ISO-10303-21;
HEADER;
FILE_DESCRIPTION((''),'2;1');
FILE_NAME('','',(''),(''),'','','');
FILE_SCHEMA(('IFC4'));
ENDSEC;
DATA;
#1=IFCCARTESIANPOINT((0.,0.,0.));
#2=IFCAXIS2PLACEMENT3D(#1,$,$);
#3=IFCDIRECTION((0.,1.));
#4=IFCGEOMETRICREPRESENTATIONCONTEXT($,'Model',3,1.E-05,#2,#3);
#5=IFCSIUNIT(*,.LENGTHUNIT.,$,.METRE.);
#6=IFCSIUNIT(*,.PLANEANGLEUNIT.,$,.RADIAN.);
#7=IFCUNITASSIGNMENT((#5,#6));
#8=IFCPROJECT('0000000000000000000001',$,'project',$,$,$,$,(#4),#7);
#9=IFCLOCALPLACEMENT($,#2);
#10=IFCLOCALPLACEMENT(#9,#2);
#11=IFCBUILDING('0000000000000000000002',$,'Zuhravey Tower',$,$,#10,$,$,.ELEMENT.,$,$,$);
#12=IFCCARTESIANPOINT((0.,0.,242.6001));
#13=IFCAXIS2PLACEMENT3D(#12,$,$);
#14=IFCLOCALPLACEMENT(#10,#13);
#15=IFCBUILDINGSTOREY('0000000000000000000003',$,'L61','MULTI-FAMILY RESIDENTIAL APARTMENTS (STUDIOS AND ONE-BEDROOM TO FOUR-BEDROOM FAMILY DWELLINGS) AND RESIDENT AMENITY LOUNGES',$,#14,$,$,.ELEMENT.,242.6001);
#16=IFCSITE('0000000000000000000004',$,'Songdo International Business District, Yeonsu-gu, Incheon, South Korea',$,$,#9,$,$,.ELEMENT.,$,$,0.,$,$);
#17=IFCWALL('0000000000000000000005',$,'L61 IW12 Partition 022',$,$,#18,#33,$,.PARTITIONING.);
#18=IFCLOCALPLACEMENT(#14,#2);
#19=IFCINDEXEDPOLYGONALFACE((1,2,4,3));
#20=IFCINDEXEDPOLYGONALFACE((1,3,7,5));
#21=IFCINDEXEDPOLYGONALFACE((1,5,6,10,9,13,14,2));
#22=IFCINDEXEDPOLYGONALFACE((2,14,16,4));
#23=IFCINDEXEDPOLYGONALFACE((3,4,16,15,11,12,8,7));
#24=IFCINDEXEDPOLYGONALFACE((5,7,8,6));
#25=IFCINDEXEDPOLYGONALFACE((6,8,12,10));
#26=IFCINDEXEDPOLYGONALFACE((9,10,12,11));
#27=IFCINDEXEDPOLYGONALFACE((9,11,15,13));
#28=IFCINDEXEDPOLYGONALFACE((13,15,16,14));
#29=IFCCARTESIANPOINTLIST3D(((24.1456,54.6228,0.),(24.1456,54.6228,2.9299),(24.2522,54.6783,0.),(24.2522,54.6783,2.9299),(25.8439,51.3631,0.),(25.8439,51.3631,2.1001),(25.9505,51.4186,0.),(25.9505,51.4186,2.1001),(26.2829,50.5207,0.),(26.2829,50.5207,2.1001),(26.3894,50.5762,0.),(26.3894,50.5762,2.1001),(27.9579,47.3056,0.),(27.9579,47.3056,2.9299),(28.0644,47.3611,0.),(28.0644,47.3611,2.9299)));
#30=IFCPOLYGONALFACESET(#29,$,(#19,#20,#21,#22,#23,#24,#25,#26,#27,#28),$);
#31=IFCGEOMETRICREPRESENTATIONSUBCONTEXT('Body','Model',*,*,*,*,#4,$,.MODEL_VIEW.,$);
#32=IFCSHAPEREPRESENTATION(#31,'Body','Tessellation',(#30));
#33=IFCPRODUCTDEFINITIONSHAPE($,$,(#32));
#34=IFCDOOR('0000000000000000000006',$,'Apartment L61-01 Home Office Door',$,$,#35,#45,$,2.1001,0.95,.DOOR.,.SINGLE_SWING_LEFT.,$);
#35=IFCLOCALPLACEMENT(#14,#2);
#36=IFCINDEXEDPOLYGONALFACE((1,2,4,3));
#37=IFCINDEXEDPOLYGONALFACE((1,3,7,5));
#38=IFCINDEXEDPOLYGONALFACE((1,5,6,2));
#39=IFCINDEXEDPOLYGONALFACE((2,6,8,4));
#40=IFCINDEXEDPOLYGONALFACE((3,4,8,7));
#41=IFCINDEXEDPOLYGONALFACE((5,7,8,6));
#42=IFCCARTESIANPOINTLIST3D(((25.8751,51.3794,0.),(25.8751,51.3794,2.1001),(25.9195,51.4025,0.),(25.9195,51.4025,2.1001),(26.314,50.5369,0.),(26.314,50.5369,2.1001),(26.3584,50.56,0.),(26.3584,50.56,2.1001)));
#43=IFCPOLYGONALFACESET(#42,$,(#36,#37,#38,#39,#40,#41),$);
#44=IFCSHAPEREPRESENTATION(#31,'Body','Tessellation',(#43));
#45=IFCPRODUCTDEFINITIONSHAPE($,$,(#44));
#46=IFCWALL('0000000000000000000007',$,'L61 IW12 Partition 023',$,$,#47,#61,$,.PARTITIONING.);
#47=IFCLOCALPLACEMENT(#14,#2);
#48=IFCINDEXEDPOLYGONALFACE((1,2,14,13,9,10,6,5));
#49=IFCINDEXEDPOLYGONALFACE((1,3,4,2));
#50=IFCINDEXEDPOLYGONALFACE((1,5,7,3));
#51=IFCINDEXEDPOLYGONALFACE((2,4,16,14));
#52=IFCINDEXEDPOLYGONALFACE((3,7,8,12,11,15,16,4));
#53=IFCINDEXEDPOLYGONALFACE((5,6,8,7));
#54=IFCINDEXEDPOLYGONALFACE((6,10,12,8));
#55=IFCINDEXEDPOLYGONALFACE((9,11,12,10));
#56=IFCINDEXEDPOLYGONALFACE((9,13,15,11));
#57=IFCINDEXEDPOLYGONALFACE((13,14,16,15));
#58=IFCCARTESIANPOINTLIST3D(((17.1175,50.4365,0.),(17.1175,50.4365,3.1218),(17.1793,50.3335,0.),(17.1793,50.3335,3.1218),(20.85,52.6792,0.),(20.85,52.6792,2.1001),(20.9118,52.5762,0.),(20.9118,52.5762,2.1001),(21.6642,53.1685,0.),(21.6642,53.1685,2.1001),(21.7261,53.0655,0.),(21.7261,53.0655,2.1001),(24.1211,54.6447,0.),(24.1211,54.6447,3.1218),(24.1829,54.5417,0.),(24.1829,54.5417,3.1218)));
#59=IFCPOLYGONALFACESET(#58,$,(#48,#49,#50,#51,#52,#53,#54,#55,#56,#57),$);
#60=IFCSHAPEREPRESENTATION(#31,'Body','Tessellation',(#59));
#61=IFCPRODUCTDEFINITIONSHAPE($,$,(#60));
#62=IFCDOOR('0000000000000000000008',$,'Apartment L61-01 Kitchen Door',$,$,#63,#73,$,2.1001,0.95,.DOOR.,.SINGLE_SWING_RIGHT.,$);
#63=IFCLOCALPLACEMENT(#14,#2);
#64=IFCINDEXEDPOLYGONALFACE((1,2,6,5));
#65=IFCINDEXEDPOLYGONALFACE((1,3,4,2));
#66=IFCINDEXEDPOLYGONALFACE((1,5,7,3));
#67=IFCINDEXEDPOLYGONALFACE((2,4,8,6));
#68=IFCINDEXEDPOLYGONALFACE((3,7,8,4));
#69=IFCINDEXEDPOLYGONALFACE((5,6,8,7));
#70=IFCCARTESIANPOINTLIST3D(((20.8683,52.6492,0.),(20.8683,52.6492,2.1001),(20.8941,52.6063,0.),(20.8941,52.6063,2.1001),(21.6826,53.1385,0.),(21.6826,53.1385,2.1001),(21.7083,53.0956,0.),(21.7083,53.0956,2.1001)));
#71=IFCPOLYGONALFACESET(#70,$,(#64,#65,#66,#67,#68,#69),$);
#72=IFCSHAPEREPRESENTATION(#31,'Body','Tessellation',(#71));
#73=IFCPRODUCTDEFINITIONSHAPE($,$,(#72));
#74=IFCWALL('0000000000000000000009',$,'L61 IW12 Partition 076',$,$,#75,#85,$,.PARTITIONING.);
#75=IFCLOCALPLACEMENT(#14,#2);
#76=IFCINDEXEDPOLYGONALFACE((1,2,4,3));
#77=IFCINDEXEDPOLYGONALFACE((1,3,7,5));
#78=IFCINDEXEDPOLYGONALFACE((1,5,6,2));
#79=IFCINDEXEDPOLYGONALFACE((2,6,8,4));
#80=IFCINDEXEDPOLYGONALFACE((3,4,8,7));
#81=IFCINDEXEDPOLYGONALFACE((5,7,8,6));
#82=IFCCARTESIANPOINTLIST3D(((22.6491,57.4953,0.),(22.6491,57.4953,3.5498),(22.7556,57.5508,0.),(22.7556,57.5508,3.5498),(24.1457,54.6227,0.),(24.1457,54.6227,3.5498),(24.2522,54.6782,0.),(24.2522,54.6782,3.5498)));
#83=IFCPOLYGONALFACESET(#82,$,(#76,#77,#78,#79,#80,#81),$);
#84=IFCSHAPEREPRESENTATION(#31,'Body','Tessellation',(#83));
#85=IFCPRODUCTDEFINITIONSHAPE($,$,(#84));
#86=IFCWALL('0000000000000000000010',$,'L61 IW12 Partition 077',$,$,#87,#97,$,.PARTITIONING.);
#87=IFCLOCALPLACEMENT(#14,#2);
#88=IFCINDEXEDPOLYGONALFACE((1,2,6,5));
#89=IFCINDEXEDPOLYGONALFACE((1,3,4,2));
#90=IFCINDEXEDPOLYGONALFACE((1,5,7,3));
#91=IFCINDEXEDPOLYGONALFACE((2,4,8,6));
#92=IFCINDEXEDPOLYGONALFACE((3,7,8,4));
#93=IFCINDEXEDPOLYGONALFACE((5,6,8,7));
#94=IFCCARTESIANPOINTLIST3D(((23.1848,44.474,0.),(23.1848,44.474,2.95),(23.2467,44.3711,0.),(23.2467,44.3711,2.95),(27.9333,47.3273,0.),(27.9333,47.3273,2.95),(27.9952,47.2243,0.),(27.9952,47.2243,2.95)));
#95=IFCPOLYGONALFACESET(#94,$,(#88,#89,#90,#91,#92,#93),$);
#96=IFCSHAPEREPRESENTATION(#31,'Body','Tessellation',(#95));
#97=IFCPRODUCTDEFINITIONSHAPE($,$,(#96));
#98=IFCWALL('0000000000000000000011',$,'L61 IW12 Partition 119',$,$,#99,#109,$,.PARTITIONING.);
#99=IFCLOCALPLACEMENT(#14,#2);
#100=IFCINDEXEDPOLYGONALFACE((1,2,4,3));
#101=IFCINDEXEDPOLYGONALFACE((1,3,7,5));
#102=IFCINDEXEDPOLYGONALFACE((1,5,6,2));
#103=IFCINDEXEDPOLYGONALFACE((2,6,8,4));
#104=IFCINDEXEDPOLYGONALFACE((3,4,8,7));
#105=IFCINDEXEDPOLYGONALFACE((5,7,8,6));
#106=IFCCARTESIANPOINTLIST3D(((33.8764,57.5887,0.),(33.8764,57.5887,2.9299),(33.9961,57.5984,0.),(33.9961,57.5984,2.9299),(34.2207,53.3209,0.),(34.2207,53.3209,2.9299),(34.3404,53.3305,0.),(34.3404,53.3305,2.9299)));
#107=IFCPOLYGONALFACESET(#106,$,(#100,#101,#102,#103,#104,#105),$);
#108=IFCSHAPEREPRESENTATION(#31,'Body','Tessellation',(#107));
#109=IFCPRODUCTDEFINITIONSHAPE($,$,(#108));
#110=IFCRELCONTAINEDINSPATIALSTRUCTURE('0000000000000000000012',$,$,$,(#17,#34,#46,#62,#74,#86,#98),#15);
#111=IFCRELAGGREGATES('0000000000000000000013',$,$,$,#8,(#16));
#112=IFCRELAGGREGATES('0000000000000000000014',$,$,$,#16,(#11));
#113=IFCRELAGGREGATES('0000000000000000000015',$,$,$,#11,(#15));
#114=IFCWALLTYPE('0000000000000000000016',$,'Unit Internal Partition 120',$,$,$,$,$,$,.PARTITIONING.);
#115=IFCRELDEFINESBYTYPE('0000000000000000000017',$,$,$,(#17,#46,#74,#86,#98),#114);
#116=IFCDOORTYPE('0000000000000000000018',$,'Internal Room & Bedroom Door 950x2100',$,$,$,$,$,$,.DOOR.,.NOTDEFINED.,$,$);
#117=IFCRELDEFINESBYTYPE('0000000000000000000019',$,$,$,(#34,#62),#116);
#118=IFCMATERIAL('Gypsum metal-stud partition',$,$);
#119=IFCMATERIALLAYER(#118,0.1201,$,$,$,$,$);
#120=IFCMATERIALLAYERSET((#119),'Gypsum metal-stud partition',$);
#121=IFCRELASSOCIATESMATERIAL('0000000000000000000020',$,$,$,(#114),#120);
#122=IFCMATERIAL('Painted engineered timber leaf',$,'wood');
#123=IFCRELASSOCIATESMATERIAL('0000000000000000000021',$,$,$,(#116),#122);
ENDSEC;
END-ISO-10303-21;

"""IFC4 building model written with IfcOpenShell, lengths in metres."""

from ifc_helpers import new_model, si_unit, direction, frame, frame_2d, origin, place, context, subcontext, project, spatial, rectangle, extrude, material, layer, layer_set, type_object, element, fill, save


model = new_model("IFC4")

# Units and contexts
model_context = context("Model", 3, precision=1e-05, world=origin(), true_north=direction((0.0, 1.0)))
body_context = subcontext(model_context, "Body", "Model", "MODEL_VIEW")
ifc_project = project(units=[si_unit("LENGTHUNIT", "METRE"), si_unit("PLANEANGLEUNIT", "RADIAN")], contexts=[model_context])

# Site, building, storey
site_placement = place(None, origin())
site = spatial("IfcSite", under=ifc_project, at=site_placement, Name="Songdo International Business District, Yeonsu-gu, Incheon, South Korea", CompositionType="ELEMENT", RefElevation=0.0)
building_placement = place(site_placement, origin())
building = spatial("IfcBuilding", under=site, at=building_placement, Name="Zuhravey Tower", CompositionType="ELEMENT")
storey_placement = place(building_placement, frame((0.0, 0.0, 242.6001)))
storey = spatial("IfcBuildingStorey", under=building, at=storey_placement, Name="L61", Description="MULTI-FAMILY RESIDENTIAL APARTMENTS (STUDIOS AND ONE-BEDROOM TO FOUR-BEDROOM FAMILY DWELLINGS) AND RESIDENT AMENITY LOUNGES", CompositionType="ELEMENT", Elevation=242.6001)

# Walls, openings, doors
ifc_material_1 = material(Name="Gypsum metal-stud partition")
ifc_layer_1 = layer(ifc_material_1, 0.1201)
ifc_layer_set_1 = layer_set([ifc_layer_1], Name="Gypsum metal-stud partition")
wall_type_1 = type_object("IfcWallType", Name="Unit Internal Partition 120", PredefinedType="PARTITIONING", material=ifc_layer_set_1)
wall_1_placement = place(storey_placement, frame((28.0112, 47.3333, 0.0), z_axis=(0.0, 0.0, 1.0), x_axis=(-0.462053, 0.886852, 0.0)))
wall_1 = element("IfcWall", 1, at=wall_1_placement, inside=storey, type_object=wall_type_1, Name="L61 IW12 Partition 022", PredefinedType="PARTITIONING", context=body_context, shape_type="SweptSolid", body=[
    extrude(rectangle(XDim=8.2507, YDim=0.1201, at=frame_2d((4.1255, 0.0))), origin(), (0.0, 0.0, 1.0), 2.9299),
])
opening_1_placement = place(wall_1_placement, frame((3.6252, 0.0, 0.0)))
opening_1 = element("IfcOpeningElement", 2, at=opening_1_placement, cuts=wall_1, PredefinedType="OPENING", context=body_context, shape_type="SweptSolid", body=[
    extrude(rectangle(XDim=0.95, YDim=2.1001, at=frame_2d((0.4751, 1.05))), frame((0.0, 0.072, 0.0), z_axis=(0.0, -1.0, 0.0), x_axis=(1.0, 0.0, 0.0)), (0.0, 0.0, 1.0), 0.144),
])
ifc_material_2 = material(Name="Painted engineered timber leaf", Category="wood")
door_type_1 = type_object("IfcDoorType", Name="Internal Room & Bedroom Door 950x2100", OperationType="NOTDEFINED", PredefinedType="DOOR", material=ifc_material_2)
door_1_placement = place(opening_1_placement, origin())
door_1 = element("IfcDoor", 3, at=door_1_placement, inside=storey, type_object=door_type_1, Name="Apartment L61-01 Home Office Door", OperationType="SINGLE_SWING_LEFT", OverallHeight=2.1001, OverallWidth=0.95, PredefinedType="DOOR", context=body_context, shape_type="SweptSolid", body=[
    extrude(rectangle(XDim=0.95, YDim=2.1001, at=frame_2d((0.4751, 1.05))), frame((0.0, 0.0249, 0.0), z_axis=(0.0, -1.0, 0.0), x_axis=(1.0, 0.0, 0.0)), (0.0, 0.0, 1.0), 0.05),
])
fill(opening_1, door_1)
wall_2_placement = place(storey_placement, frame((24.1521, 54.5933, 0.0), z_axis=(0.0, 0.0, 1.0), x_axis=(-0.857166, -0.515041, 0.0)))
wall_2 = element("IfcWall", 4, at=wall_2_placement, inside=storey, type_object=wall_type_1, Name="L61 IW12 Partition 023", PredefinedType="PARTITIONING", context=body_context, shape_type="SweptSolid", body=[
    extrude(rectangle(XDim=8.1707, YDim=0.1201, at=frame_2d((4.0854, 0.0))), origin(), (0.0, 0.0, 1.0), 3.1218),
])
opening_2_placement = place(wall_2_placement, frame((2.8662, 0.0, 0.0)))
opening_2 = element("IfcOpeningElement", 5, at=opening_2_placement, cuts=wall_2, PredefinedType="OPENING", context=body_context, shape_type="SweptSolid", body=[
    extrude(rectangle(XDim=0.95, YDim=2.1001, at=frame_2d((0.4751, 1.05))), frame((0.0, 0.072, 0.0), z_axis=(0.0, -1.0, 0.0), x_axis=(1.0, 0.0, 0.0)), (0.0, 0.0, 1.0), 0.144),
])
door_2_placement = place(opening_2_placement, frame((0.95, 0.0, 0.0), z_axis=(0.0, 0.0, 1.0), x_axis=(-1.0, 0.0, 0.0)))
door_2 = element("IfcDoor", 6, at=door_2_placement, inside=storey, type_object=door_type_1, Name="Apartment L61-01 Kitchen Door", OperationType="SINGLE_SWING_RIGHT", OverallHeight=2.1001, OverallWidth=0.95, PredefinedType="DOOR", context=body_context, shape_type="SweptSolid", body=[
    extrude(rectangle(XDim=0.95, YDim=2.1001, at=frame_2d((0.4751, 1.05))), frame((0.0, 0.0249, 0.0), z_axis=(0.0, -1.0, 0.0), x_axis=(1.0, 0.0, 0.0)), (0.0, 0.0, 1.0), 0.05),
])
fill(opening_2, door_2)

# Walls
wall_3_placement = place(storey_placement, frame((24.199, 54.6504, 0.0), z_axis=(0.0, 0.0, 1.0), x_axis=(-0.462046, 0.886856, 0.0)))
element("IfcWall", 7, at=wall_3_placement, inside=storey, type_object=wall_type_1, Name="L61 IW12 Partition 076", PredefinedType="PARTITIONING", context=body_context, shape_type="SweptSolid", body=[
    extrude(rectangle(XDim=3.239, YDim=0.1201, at=frame_2d((1.6196, 0.0))), origin(), (0.0, 0.0, 1.0), 3.5498),
])
wall_4_placement = place(storey_placement, frame((27.9644, 47.2759, 0.0), z_axis=(0.0, 0.0, 1.0), x_axis=(-0.857162, -0.515047, 0.0)))
element("IfcWall", 8, at=wall_4_placement, inside=storey, type_object=wall_type_1, Name="L61 IW12 Partition 077", PredefinedType="PARTITIONING", context=body_context, shape_type="SweptSolid", body=[
    extrude(rectangle(XDim=5.5398, YDim=0.1201, at=frame_2d((2.77, 0.0))), origin(), (0.0, 0.0, 1.0), 2.95),
])
wall_5_placement = place(storey_placement, frame((34.2805, 53.3257, 0.0), z_axis=(0.0, 0.0, 1.0), x_axis=(-0.080398, 0.996763, 0.0)))
element("IfcWall", 9, at=wall_5_placement, inside=storey, type_object=wall_type_1, Name="L61 IW12 Partition 119", PredefinedType="PARTITIONING", context=body_context, shape_type="SweptSolid", body=[
    extrude(rectangle(XDim=4.2817, YDim=0.1201, at=frame_2d((2.1409, 0.0))), origin(), (0.0, 0.0, 1.0), 2.9299),
])

save(model, "model.ifc")
